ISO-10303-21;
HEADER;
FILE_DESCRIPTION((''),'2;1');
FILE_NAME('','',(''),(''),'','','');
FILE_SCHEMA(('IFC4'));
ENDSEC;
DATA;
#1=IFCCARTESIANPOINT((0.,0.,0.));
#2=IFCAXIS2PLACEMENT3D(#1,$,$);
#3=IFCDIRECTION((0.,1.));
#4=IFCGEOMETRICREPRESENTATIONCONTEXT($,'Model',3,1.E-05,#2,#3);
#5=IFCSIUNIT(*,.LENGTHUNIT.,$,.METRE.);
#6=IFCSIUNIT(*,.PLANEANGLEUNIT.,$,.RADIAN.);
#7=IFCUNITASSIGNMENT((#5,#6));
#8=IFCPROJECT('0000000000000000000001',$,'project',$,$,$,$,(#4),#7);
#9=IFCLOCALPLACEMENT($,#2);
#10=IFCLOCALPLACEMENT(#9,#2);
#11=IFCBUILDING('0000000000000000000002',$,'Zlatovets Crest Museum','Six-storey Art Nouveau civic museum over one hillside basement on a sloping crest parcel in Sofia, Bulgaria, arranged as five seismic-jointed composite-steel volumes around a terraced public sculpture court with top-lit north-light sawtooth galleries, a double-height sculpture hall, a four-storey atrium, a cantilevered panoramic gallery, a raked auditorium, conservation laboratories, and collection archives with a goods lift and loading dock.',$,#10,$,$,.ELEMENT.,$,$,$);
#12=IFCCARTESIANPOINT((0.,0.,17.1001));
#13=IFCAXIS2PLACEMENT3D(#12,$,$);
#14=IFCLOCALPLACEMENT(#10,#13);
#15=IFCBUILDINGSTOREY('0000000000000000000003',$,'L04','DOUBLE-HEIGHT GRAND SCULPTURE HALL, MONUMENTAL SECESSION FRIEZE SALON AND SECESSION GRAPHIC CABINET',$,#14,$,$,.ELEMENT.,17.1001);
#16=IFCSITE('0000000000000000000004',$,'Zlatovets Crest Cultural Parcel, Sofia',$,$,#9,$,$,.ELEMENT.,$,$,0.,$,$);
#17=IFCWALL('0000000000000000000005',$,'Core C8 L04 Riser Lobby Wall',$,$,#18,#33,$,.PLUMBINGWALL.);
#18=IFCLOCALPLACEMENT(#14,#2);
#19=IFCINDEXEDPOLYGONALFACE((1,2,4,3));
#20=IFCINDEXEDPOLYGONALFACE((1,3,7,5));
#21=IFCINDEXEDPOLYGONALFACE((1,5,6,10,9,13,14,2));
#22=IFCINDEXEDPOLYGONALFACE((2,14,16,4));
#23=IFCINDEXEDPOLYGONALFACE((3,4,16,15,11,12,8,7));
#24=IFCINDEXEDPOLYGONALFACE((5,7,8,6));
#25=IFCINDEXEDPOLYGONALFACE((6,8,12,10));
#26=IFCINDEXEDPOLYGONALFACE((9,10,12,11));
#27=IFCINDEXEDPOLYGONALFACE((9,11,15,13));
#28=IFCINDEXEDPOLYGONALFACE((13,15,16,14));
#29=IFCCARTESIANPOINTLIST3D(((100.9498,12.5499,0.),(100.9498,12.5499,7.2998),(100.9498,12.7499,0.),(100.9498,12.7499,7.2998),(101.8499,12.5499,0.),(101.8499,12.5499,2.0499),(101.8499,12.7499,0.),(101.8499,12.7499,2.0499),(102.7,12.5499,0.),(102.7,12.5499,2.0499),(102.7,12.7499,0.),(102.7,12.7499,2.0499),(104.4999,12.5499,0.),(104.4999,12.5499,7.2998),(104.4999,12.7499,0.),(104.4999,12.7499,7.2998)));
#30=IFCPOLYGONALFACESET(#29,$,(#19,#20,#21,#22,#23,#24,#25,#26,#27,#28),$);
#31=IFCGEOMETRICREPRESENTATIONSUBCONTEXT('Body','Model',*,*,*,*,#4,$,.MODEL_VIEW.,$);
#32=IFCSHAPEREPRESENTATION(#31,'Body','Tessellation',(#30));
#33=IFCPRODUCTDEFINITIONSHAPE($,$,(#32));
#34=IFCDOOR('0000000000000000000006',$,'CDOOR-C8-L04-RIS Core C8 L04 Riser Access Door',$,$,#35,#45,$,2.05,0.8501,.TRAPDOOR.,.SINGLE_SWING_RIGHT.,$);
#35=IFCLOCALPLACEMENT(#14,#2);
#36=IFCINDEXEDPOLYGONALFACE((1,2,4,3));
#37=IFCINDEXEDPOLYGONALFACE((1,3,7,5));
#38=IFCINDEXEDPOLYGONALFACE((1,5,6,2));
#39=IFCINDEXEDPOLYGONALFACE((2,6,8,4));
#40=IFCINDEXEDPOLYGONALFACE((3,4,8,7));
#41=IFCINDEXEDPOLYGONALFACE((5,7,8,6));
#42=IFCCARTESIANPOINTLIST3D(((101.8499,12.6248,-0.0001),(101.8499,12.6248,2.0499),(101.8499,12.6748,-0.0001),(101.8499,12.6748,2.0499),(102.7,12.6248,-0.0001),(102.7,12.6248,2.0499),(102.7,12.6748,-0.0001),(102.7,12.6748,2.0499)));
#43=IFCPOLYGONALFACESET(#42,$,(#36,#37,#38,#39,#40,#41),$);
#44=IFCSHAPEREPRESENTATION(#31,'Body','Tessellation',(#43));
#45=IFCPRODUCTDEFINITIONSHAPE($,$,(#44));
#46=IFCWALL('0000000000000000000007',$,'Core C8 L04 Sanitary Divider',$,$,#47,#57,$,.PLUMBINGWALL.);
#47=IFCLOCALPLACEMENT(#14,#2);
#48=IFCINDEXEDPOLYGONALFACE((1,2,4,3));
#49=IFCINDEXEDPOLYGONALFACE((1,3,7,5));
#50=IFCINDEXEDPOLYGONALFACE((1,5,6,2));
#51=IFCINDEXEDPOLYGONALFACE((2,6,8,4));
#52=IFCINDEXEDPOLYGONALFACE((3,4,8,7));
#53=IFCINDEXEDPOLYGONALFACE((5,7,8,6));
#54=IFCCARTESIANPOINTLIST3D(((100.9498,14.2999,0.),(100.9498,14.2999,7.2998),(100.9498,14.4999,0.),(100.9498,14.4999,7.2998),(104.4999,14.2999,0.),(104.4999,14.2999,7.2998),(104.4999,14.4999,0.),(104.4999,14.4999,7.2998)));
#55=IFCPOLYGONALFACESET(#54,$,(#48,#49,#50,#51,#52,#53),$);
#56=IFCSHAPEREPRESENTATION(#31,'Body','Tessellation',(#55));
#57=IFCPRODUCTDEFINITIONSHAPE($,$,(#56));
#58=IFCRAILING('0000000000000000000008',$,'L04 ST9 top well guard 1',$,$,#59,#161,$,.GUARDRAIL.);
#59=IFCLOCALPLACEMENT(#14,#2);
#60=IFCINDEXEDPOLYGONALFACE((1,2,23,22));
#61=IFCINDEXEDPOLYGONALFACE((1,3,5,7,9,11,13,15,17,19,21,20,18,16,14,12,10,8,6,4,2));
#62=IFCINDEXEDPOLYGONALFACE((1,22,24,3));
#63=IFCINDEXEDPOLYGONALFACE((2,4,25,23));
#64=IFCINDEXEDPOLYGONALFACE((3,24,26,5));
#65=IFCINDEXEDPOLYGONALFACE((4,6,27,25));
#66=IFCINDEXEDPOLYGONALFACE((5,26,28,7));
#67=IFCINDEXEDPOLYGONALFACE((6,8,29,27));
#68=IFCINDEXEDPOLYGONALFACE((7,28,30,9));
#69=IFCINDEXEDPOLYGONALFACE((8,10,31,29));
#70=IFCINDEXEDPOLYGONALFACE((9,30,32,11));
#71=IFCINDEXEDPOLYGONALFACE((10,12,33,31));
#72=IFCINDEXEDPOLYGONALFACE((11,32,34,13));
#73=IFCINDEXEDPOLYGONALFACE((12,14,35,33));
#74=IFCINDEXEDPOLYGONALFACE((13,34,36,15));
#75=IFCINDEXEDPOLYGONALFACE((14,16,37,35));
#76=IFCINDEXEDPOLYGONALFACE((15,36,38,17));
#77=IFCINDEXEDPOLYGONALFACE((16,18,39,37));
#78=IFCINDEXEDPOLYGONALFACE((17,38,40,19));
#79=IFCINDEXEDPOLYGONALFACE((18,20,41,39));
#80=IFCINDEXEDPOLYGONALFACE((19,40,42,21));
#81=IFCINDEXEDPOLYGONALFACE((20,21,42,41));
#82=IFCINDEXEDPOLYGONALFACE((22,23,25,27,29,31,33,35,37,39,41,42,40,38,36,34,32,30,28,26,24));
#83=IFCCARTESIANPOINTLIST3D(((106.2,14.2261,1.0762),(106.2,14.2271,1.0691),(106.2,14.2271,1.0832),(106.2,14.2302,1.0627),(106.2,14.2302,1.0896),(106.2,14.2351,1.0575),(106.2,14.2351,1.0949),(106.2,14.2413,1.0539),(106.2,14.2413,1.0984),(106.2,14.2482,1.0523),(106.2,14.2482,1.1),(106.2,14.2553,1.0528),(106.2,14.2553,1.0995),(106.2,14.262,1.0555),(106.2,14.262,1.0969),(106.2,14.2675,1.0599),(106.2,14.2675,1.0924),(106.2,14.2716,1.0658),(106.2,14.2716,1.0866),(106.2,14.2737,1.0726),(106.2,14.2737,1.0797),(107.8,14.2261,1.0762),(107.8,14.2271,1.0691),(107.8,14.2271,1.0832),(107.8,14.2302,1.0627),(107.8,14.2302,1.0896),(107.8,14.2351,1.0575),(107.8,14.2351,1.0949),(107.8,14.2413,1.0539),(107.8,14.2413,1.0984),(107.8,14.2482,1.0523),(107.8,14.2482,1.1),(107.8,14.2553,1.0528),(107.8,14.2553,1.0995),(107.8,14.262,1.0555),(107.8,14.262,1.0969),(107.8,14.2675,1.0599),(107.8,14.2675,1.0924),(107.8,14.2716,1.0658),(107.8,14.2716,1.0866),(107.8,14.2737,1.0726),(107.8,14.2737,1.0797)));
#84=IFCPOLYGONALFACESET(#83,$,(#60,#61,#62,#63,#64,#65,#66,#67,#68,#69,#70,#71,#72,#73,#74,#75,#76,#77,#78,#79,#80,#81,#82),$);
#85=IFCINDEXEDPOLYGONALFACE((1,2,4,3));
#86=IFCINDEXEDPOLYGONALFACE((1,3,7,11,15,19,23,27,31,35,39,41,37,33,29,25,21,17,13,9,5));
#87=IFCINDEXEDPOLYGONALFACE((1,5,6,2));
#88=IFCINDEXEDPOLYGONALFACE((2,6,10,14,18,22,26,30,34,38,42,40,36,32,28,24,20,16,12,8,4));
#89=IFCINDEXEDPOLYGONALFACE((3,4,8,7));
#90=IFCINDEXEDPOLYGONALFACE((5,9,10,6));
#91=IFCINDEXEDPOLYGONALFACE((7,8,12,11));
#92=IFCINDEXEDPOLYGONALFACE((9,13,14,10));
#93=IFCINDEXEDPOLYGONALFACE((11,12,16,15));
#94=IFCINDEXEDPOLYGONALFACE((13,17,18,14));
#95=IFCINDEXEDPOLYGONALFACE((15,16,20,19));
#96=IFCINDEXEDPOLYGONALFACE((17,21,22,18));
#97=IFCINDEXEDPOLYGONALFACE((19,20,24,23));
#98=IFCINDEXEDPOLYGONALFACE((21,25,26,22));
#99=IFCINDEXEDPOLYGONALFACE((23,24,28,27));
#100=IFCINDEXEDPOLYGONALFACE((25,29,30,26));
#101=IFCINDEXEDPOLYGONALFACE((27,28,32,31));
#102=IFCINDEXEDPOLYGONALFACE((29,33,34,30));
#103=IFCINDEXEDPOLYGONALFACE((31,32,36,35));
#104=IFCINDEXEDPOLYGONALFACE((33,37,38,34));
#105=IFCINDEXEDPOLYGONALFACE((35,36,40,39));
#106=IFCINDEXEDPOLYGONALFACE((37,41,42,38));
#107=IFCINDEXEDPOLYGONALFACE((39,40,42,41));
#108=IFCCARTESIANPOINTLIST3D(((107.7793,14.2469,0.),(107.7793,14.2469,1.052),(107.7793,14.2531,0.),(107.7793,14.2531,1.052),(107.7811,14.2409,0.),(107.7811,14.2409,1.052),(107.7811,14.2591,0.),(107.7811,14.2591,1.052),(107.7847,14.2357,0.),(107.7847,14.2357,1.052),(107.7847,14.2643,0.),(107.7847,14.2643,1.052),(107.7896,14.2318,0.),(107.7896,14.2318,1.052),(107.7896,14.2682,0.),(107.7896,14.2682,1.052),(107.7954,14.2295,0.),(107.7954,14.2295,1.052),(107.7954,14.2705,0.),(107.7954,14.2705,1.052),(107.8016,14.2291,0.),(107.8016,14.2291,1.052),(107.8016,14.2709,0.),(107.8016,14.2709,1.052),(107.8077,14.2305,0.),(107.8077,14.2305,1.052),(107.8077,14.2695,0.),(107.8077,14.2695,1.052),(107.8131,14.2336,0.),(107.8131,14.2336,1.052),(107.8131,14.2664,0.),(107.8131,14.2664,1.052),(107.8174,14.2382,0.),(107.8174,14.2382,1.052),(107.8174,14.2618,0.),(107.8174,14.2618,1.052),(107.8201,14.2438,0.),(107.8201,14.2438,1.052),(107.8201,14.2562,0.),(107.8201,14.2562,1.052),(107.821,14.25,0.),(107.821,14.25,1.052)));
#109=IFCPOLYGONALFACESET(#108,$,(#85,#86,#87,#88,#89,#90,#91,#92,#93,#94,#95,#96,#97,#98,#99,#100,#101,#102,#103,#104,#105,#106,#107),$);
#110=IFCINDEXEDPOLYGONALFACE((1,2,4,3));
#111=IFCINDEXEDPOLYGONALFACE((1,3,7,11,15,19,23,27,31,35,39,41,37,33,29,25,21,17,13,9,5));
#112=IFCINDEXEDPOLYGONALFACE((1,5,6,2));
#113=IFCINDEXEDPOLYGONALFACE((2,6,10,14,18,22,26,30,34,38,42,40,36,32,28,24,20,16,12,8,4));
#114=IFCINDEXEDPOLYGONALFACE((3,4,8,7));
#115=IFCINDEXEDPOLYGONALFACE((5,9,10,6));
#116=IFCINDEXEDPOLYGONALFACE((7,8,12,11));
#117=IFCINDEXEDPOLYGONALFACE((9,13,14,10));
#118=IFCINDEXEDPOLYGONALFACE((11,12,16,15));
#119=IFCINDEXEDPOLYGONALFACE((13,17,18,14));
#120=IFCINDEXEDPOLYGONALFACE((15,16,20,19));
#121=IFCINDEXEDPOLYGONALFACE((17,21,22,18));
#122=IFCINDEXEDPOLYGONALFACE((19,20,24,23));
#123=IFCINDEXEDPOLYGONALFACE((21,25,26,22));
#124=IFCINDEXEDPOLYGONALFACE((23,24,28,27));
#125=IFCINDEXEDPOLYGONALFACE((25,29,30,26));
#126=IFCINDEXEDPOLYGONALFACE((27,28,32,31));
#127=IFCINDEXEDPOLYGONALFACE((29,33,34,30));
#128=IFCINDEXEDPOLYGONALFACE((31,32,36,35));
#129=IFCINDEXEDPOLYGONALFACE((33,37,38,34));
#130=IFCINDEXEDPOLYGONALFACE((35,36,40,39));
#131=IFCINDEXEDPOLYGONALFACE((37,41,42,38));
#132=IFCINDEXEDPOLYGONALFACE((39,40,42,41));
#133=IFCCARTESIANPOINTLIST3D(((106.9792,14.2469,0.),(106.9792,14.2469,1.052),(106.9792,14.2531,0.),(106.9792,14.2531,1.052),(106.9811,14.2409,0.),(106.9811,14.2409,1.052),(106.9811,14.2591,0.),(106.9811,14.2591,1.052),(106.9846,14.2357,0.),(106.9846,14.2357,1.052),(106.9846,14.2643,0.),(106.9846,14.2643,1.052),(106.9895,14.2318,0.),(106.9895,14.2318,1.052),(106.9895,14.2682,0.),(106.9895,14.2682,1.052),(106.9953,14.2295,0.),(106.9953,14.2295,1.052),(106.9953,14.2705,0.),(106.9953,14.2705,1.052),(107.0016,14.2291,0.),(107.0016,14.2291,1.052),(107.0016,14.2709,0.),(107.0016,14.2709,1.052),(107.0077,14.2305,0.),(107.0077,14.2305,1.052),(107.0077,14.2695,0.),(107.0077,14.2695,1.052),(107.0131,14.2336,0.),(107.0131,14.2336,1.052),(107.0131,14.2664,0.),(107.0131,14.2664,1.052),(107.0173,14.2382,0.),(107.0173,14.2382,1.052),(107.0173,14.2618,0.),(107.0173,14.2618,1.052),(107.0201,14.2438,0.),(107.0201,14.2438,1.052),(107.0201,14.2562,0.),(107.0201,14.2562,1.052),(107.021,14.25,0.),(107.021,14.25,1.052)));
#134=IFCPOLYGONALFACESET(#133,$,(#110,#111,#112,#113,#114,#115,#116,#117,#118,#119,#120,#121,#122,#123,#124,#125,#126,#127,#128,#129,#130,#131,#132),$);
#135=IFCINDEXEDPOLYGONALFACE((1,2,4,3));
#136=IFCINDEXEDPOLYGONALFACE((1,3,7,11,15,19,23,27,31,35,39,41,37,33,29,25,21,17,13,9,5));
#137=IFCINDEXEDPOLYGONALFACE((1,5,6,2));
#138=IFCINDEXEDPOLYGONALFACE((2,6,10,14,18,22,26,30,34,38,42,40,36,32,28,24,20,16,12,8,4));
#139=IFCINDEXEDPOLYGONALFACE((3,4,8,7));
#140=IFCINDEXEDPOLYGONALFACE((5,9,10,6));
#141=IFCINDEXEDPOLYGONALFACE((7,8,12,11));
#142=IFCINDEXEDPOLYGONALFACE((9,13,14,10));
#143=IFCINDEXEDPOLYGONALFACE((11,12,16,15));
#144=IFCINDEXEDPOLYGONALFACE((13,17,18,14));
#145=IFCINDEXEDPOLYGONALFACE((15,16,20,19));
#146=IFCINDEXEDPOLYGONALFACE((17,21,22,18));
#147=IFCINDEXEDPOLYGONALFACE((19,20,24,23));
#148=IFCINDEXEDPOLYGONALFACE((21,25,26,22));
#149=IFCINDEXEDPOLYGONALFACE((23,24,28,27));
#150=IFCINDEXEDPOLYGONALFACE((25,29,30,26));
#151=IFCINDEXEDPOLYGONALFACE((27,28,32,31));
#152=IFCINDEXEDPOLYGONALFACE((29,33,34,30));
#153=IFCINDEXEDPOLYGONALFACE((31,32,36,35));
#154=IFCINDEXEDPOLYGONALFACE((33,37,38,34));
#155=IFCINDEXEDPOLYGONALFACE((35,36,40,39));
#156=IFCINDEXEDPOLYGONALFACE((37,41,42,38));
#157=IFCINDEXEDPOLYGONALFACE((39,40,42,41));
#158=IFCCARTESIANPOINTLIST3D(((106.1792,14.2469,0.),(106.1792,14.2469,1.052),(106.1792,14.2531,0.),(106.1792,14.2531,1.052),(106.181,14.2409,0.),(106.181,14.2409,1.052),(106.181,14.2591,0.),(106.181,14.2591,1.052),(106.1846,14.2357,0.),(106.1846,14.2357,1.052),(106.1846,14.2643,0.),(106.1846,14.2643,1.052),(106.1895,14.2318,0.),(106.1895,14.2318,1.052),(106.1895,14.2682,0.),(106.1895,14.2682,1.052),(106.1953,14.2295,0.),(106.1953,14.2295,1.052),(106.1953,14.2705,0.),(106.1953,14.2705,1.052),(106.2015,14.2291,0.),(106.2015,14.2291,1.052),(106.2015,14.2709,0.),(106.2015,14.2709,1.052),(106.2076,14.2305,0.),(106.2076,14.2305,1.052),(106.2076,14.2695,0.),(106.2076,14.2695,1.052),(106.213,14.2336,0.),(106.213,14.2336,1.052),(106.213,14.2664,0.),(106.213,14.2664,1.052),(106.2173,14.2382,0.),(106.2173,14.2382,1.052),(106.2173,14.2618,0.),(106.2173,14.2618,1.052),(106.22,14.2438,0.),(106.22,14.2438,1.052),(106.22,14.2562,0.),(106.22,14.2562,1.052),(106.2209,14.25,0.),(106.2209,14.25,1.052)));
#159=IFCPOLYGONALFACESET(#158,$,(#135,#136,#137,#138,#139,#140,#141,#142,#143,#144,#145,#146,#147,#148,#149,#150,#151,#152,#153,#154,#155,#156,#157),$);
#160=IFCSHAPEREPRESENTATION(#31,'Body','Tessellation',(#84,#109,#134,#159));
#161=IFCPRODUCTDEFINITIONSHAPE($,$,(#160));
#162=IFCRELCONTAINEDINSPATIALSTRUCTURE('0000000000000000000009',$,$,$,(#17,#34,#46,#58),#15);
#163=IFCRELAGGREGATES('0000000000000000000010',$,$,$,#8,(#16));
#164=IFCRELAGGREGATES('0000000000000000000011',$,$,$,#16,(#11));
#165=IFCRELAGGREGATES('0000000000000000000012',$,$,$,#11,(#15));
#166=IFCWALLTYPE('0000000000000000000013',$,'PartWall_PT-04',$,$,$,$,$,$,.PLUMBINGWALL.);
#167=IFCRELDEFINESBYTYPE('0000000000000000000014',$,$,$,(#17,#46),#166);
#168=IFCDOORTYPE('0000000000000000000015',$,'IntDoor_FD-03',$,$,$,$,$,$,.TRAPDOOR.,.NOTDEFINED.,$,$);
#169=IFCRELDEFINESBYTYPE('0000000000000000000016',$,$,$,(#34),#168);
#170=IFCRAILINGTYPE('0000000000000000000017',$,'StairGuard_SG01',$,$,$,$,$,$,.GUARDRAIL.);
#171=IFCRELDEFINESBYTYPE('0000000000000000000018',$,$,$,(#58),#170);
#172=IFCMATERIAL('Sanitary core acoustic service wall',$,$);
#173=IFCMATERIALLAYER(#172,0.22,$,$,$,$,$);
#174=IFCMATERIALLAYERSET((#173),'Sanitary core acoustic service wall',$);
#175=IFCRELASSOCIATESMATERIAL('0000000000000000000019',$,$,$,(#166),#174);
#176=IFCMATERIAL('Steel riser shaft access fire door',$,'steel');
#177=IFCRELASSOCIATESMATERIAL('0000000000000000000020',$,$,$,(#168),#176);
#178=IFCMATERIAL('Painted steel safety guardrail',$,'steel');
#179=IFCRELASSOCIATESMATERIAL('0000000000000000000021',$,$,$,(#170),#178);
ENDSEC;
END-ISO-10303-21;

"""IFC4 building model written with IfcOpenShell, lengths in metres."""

from ifc_helpers import new_model, si_unit, direction, frame, frame_2d, origin, origin_2d, place, context, subcontext, project, spatial, rectangle, circle, extrude, material, layer, layer_set, type_object, element, fill, save


model = new_model("IFC4")

# Units and contexts
model_context = context("Model", 3, precision=1e-05, world=origin(), true_north=direction((0.0, 1.0)))
body_context = subcontext(model_context, "Body", "Model", "MODEL_VIEW")
ifc_project = project(units=[si_unit("LENGTHUNIT", "METRE"), si_unit("PLANEANGLEUNIT", "RADIAN")], contexts=[model_context])

# Site, building, storey
site_placement = place(None, origin())
site = spatial("IfcSite", under=ifc_project, at=site_placement, Name="Zlatovets Crest Cultural Parcel, Sofia", CompositionType="ELEMENT", RefElevation=0.0)
building_placement = place(site_placement, origin())
building = spatial("IfcBuilding", under=site, at=building_placement, Name="Zlatovets Crest Museum", Description="Six-storey Art Nouveau civic museum over one hillside basement on a sloping crest parcel in Sofia, Bulgaria, arranged as five seismic-jointed composite-steel volumes around a terraced public sculpture court with top-lit north-light sawtooth galleries, a double-height sculpture hall, a four-storey atrium, a cantilevered panoramic gallery, a raked auditorium, conservation laboratories, and collection archives with a goods lift and loading dock.", CompositionType="ELEMENT")
storey_placement = place(building_placement, frame((0.0, 0.0, 17.1001)))
storey = spatial("IfcBuildingStorey", under=building, at=storey_placement, Name="L04", Description="DOUBLE-HEIGHT GRAND SCULPTURE HALL, MONUMENTAL SECESSION FRIEZE SALON AND SECESSION GRAPHIC CABINET", CompositionType="ELEMENT", Elevation=17.1001)

# Wall, opening, door
ifc_material_1 = material(Name="Sanitary core acoustic service wall")
ifc_layer_1 = layer(ifc_material_1, 0.22)
ifc_layer_set_1 = layer_set([ifc_layer_1], Name="Sanitary core acoustic service wall")
wall_type_1 = type_object("IfcWallType", Name="PartWall_PT-04", PredefinedType="PLUMBINGWALL", material=ifc_layer_set_1)
wall_1_placement = place(storey_placement, frame((100.95, 12.6499, 0.0), z_axis=(0.0, 0.0, 1.0), x_axis=(1.0, 0.0, 0.0)))
wall_1 = element("IfcWall", 1, at=wall_1_placement, inside=storey, type_object=wall_type_1, Name="Core C8 L04 Riser Lobby Wall", PredefinedType="PLUMBINGWALL", context=body_context, shape_type="SweptSolid", body=[
    extrude(rectangle(XDim=3.55, YDim=0.2, at=frame_2d((1.7749, 0.0))), origin(), (0.0, 0.0, 1.0), 7.2998),
])
opening_1_placement = place(wall_1_placement, frame((0.8999, 0.0, 0.0)))
opening_1 = element("IfcOpeningElement", 2, at=opening_1_placement, cuts=wall_1, PredefinedType="OPENING", context=body_context, shape_type="SweptSolid", body=[
    extrude(rectangle(XDim=0.8501, YDim=2.05, at=frame_2d((0.425, 1.0249))), frame((0.0, 0.1099, 0.0), z_axis=(0.0, -1.0, 0.0), x_axis=(1.0, 0.0, 0.0)), (0.0, 0.0, 1.0), 0.22),
])
ifc_material_2 = material(Name="Steel riser shaft access fire door", Category="steel")
door_type_1 = type_object("IfcDoorType", Name="IntDoor_FD-03", OperationType="NOTDEFINED", PredefinedType="TRAPDOOR", material=ifc_material_2)
door_1_placement = place(opening_1_placement, origin())
door_1 = element("IfcDoor", 3, at=door_1_placement, inside=storey, type_object=door_type_1, Name="CDOOR-C8-L04-RIS Core C8 L04 Riser Access Door", OperationType="SINGLE_SWING_RIGHT", OverallHeight=2.05, OverallWidth=0.8501, PredefinedType="TRAPDOOR", context=body_context, shape_type="SweptSolid", body=[
    extrude(rectangle(XDim=0.8501, YDim=2.05, at=frame_2d((0.425, 1.0249))), frame((0.0, 0.0249, 0.0), z_axis=(0.0, -1.0, 0.0), x_axis=(1.0, 0.0, 0.0)), (0.0, 0.0, 1.0), 0.05),
])
fill(opening_1, door_1)

# Wall
wall_2_placement = place(storey_placement, frame((100.95, 14.3999, 0.0), z_axis=(0.0, 0.0, 1.0), x_axis=(1.0, 0.0, 0.0)))
element("IfcWall", 4, at=wall_2_placement, inside=storey, type_object=wall_type_1, Name="Core C8 L04 Sanitary Divider", PredefinedType="PLUMBINGWALL", context=body_context, shape_type="SweptSolid", body=[
    extrude(rectangle(XDim=3.55, YDim=0.2, at=frame_2d((1.7749, 0.0))), origin(), (0.0, 0.0, 1.0), 7.2998),
])

# Railing
ifc_material_3 = material(Name="Painted steel safety guardrail", Category="steel")
railing_type = type_object("IfcRailingType", Name="StairGuard_SG01", PredefinedType="GUARDRAIL", material=ifc_material_3)
railing_1_placement = place(storey_placement, frame((107.8, 14.25, 0.0)))
element("IfcRailing", 5, at=railing_1_placement, inside=storey, type_object=railing_type, Name="L04 ST9 top well guard 1", PredefinedType="GUARDRAIL", context=body_context, shape_type="SweptSolid", body=[
    extrude(circle(Radius=0.0239, at=origin_2d()), frame((0.0, 0.0, 1.0762), z_axis=(-1.0, 0.0, 0.0), x_axis=(0.0, -1.0, 0.0)), (0.0, 0.0, 1.0), 1.6001),
    extrude(circle(Radius=0.021, at=origin_2d()), origin(), (0.0, 0.0, 1.0), 1.052),
    extrude(circle(Radius=0.021, at=origin_2d()), frame((-0.8, 0.0, 0.0)), (0.0, 0.0, 1.0), 1.052),
    extrude(circle(Radius=0.021, at=origin_2d()), frame((-1.6001, 0.0, 0.0)), (0.0, 0.0, 1.0), 1.052),
])

save(model, "model.ifc")
